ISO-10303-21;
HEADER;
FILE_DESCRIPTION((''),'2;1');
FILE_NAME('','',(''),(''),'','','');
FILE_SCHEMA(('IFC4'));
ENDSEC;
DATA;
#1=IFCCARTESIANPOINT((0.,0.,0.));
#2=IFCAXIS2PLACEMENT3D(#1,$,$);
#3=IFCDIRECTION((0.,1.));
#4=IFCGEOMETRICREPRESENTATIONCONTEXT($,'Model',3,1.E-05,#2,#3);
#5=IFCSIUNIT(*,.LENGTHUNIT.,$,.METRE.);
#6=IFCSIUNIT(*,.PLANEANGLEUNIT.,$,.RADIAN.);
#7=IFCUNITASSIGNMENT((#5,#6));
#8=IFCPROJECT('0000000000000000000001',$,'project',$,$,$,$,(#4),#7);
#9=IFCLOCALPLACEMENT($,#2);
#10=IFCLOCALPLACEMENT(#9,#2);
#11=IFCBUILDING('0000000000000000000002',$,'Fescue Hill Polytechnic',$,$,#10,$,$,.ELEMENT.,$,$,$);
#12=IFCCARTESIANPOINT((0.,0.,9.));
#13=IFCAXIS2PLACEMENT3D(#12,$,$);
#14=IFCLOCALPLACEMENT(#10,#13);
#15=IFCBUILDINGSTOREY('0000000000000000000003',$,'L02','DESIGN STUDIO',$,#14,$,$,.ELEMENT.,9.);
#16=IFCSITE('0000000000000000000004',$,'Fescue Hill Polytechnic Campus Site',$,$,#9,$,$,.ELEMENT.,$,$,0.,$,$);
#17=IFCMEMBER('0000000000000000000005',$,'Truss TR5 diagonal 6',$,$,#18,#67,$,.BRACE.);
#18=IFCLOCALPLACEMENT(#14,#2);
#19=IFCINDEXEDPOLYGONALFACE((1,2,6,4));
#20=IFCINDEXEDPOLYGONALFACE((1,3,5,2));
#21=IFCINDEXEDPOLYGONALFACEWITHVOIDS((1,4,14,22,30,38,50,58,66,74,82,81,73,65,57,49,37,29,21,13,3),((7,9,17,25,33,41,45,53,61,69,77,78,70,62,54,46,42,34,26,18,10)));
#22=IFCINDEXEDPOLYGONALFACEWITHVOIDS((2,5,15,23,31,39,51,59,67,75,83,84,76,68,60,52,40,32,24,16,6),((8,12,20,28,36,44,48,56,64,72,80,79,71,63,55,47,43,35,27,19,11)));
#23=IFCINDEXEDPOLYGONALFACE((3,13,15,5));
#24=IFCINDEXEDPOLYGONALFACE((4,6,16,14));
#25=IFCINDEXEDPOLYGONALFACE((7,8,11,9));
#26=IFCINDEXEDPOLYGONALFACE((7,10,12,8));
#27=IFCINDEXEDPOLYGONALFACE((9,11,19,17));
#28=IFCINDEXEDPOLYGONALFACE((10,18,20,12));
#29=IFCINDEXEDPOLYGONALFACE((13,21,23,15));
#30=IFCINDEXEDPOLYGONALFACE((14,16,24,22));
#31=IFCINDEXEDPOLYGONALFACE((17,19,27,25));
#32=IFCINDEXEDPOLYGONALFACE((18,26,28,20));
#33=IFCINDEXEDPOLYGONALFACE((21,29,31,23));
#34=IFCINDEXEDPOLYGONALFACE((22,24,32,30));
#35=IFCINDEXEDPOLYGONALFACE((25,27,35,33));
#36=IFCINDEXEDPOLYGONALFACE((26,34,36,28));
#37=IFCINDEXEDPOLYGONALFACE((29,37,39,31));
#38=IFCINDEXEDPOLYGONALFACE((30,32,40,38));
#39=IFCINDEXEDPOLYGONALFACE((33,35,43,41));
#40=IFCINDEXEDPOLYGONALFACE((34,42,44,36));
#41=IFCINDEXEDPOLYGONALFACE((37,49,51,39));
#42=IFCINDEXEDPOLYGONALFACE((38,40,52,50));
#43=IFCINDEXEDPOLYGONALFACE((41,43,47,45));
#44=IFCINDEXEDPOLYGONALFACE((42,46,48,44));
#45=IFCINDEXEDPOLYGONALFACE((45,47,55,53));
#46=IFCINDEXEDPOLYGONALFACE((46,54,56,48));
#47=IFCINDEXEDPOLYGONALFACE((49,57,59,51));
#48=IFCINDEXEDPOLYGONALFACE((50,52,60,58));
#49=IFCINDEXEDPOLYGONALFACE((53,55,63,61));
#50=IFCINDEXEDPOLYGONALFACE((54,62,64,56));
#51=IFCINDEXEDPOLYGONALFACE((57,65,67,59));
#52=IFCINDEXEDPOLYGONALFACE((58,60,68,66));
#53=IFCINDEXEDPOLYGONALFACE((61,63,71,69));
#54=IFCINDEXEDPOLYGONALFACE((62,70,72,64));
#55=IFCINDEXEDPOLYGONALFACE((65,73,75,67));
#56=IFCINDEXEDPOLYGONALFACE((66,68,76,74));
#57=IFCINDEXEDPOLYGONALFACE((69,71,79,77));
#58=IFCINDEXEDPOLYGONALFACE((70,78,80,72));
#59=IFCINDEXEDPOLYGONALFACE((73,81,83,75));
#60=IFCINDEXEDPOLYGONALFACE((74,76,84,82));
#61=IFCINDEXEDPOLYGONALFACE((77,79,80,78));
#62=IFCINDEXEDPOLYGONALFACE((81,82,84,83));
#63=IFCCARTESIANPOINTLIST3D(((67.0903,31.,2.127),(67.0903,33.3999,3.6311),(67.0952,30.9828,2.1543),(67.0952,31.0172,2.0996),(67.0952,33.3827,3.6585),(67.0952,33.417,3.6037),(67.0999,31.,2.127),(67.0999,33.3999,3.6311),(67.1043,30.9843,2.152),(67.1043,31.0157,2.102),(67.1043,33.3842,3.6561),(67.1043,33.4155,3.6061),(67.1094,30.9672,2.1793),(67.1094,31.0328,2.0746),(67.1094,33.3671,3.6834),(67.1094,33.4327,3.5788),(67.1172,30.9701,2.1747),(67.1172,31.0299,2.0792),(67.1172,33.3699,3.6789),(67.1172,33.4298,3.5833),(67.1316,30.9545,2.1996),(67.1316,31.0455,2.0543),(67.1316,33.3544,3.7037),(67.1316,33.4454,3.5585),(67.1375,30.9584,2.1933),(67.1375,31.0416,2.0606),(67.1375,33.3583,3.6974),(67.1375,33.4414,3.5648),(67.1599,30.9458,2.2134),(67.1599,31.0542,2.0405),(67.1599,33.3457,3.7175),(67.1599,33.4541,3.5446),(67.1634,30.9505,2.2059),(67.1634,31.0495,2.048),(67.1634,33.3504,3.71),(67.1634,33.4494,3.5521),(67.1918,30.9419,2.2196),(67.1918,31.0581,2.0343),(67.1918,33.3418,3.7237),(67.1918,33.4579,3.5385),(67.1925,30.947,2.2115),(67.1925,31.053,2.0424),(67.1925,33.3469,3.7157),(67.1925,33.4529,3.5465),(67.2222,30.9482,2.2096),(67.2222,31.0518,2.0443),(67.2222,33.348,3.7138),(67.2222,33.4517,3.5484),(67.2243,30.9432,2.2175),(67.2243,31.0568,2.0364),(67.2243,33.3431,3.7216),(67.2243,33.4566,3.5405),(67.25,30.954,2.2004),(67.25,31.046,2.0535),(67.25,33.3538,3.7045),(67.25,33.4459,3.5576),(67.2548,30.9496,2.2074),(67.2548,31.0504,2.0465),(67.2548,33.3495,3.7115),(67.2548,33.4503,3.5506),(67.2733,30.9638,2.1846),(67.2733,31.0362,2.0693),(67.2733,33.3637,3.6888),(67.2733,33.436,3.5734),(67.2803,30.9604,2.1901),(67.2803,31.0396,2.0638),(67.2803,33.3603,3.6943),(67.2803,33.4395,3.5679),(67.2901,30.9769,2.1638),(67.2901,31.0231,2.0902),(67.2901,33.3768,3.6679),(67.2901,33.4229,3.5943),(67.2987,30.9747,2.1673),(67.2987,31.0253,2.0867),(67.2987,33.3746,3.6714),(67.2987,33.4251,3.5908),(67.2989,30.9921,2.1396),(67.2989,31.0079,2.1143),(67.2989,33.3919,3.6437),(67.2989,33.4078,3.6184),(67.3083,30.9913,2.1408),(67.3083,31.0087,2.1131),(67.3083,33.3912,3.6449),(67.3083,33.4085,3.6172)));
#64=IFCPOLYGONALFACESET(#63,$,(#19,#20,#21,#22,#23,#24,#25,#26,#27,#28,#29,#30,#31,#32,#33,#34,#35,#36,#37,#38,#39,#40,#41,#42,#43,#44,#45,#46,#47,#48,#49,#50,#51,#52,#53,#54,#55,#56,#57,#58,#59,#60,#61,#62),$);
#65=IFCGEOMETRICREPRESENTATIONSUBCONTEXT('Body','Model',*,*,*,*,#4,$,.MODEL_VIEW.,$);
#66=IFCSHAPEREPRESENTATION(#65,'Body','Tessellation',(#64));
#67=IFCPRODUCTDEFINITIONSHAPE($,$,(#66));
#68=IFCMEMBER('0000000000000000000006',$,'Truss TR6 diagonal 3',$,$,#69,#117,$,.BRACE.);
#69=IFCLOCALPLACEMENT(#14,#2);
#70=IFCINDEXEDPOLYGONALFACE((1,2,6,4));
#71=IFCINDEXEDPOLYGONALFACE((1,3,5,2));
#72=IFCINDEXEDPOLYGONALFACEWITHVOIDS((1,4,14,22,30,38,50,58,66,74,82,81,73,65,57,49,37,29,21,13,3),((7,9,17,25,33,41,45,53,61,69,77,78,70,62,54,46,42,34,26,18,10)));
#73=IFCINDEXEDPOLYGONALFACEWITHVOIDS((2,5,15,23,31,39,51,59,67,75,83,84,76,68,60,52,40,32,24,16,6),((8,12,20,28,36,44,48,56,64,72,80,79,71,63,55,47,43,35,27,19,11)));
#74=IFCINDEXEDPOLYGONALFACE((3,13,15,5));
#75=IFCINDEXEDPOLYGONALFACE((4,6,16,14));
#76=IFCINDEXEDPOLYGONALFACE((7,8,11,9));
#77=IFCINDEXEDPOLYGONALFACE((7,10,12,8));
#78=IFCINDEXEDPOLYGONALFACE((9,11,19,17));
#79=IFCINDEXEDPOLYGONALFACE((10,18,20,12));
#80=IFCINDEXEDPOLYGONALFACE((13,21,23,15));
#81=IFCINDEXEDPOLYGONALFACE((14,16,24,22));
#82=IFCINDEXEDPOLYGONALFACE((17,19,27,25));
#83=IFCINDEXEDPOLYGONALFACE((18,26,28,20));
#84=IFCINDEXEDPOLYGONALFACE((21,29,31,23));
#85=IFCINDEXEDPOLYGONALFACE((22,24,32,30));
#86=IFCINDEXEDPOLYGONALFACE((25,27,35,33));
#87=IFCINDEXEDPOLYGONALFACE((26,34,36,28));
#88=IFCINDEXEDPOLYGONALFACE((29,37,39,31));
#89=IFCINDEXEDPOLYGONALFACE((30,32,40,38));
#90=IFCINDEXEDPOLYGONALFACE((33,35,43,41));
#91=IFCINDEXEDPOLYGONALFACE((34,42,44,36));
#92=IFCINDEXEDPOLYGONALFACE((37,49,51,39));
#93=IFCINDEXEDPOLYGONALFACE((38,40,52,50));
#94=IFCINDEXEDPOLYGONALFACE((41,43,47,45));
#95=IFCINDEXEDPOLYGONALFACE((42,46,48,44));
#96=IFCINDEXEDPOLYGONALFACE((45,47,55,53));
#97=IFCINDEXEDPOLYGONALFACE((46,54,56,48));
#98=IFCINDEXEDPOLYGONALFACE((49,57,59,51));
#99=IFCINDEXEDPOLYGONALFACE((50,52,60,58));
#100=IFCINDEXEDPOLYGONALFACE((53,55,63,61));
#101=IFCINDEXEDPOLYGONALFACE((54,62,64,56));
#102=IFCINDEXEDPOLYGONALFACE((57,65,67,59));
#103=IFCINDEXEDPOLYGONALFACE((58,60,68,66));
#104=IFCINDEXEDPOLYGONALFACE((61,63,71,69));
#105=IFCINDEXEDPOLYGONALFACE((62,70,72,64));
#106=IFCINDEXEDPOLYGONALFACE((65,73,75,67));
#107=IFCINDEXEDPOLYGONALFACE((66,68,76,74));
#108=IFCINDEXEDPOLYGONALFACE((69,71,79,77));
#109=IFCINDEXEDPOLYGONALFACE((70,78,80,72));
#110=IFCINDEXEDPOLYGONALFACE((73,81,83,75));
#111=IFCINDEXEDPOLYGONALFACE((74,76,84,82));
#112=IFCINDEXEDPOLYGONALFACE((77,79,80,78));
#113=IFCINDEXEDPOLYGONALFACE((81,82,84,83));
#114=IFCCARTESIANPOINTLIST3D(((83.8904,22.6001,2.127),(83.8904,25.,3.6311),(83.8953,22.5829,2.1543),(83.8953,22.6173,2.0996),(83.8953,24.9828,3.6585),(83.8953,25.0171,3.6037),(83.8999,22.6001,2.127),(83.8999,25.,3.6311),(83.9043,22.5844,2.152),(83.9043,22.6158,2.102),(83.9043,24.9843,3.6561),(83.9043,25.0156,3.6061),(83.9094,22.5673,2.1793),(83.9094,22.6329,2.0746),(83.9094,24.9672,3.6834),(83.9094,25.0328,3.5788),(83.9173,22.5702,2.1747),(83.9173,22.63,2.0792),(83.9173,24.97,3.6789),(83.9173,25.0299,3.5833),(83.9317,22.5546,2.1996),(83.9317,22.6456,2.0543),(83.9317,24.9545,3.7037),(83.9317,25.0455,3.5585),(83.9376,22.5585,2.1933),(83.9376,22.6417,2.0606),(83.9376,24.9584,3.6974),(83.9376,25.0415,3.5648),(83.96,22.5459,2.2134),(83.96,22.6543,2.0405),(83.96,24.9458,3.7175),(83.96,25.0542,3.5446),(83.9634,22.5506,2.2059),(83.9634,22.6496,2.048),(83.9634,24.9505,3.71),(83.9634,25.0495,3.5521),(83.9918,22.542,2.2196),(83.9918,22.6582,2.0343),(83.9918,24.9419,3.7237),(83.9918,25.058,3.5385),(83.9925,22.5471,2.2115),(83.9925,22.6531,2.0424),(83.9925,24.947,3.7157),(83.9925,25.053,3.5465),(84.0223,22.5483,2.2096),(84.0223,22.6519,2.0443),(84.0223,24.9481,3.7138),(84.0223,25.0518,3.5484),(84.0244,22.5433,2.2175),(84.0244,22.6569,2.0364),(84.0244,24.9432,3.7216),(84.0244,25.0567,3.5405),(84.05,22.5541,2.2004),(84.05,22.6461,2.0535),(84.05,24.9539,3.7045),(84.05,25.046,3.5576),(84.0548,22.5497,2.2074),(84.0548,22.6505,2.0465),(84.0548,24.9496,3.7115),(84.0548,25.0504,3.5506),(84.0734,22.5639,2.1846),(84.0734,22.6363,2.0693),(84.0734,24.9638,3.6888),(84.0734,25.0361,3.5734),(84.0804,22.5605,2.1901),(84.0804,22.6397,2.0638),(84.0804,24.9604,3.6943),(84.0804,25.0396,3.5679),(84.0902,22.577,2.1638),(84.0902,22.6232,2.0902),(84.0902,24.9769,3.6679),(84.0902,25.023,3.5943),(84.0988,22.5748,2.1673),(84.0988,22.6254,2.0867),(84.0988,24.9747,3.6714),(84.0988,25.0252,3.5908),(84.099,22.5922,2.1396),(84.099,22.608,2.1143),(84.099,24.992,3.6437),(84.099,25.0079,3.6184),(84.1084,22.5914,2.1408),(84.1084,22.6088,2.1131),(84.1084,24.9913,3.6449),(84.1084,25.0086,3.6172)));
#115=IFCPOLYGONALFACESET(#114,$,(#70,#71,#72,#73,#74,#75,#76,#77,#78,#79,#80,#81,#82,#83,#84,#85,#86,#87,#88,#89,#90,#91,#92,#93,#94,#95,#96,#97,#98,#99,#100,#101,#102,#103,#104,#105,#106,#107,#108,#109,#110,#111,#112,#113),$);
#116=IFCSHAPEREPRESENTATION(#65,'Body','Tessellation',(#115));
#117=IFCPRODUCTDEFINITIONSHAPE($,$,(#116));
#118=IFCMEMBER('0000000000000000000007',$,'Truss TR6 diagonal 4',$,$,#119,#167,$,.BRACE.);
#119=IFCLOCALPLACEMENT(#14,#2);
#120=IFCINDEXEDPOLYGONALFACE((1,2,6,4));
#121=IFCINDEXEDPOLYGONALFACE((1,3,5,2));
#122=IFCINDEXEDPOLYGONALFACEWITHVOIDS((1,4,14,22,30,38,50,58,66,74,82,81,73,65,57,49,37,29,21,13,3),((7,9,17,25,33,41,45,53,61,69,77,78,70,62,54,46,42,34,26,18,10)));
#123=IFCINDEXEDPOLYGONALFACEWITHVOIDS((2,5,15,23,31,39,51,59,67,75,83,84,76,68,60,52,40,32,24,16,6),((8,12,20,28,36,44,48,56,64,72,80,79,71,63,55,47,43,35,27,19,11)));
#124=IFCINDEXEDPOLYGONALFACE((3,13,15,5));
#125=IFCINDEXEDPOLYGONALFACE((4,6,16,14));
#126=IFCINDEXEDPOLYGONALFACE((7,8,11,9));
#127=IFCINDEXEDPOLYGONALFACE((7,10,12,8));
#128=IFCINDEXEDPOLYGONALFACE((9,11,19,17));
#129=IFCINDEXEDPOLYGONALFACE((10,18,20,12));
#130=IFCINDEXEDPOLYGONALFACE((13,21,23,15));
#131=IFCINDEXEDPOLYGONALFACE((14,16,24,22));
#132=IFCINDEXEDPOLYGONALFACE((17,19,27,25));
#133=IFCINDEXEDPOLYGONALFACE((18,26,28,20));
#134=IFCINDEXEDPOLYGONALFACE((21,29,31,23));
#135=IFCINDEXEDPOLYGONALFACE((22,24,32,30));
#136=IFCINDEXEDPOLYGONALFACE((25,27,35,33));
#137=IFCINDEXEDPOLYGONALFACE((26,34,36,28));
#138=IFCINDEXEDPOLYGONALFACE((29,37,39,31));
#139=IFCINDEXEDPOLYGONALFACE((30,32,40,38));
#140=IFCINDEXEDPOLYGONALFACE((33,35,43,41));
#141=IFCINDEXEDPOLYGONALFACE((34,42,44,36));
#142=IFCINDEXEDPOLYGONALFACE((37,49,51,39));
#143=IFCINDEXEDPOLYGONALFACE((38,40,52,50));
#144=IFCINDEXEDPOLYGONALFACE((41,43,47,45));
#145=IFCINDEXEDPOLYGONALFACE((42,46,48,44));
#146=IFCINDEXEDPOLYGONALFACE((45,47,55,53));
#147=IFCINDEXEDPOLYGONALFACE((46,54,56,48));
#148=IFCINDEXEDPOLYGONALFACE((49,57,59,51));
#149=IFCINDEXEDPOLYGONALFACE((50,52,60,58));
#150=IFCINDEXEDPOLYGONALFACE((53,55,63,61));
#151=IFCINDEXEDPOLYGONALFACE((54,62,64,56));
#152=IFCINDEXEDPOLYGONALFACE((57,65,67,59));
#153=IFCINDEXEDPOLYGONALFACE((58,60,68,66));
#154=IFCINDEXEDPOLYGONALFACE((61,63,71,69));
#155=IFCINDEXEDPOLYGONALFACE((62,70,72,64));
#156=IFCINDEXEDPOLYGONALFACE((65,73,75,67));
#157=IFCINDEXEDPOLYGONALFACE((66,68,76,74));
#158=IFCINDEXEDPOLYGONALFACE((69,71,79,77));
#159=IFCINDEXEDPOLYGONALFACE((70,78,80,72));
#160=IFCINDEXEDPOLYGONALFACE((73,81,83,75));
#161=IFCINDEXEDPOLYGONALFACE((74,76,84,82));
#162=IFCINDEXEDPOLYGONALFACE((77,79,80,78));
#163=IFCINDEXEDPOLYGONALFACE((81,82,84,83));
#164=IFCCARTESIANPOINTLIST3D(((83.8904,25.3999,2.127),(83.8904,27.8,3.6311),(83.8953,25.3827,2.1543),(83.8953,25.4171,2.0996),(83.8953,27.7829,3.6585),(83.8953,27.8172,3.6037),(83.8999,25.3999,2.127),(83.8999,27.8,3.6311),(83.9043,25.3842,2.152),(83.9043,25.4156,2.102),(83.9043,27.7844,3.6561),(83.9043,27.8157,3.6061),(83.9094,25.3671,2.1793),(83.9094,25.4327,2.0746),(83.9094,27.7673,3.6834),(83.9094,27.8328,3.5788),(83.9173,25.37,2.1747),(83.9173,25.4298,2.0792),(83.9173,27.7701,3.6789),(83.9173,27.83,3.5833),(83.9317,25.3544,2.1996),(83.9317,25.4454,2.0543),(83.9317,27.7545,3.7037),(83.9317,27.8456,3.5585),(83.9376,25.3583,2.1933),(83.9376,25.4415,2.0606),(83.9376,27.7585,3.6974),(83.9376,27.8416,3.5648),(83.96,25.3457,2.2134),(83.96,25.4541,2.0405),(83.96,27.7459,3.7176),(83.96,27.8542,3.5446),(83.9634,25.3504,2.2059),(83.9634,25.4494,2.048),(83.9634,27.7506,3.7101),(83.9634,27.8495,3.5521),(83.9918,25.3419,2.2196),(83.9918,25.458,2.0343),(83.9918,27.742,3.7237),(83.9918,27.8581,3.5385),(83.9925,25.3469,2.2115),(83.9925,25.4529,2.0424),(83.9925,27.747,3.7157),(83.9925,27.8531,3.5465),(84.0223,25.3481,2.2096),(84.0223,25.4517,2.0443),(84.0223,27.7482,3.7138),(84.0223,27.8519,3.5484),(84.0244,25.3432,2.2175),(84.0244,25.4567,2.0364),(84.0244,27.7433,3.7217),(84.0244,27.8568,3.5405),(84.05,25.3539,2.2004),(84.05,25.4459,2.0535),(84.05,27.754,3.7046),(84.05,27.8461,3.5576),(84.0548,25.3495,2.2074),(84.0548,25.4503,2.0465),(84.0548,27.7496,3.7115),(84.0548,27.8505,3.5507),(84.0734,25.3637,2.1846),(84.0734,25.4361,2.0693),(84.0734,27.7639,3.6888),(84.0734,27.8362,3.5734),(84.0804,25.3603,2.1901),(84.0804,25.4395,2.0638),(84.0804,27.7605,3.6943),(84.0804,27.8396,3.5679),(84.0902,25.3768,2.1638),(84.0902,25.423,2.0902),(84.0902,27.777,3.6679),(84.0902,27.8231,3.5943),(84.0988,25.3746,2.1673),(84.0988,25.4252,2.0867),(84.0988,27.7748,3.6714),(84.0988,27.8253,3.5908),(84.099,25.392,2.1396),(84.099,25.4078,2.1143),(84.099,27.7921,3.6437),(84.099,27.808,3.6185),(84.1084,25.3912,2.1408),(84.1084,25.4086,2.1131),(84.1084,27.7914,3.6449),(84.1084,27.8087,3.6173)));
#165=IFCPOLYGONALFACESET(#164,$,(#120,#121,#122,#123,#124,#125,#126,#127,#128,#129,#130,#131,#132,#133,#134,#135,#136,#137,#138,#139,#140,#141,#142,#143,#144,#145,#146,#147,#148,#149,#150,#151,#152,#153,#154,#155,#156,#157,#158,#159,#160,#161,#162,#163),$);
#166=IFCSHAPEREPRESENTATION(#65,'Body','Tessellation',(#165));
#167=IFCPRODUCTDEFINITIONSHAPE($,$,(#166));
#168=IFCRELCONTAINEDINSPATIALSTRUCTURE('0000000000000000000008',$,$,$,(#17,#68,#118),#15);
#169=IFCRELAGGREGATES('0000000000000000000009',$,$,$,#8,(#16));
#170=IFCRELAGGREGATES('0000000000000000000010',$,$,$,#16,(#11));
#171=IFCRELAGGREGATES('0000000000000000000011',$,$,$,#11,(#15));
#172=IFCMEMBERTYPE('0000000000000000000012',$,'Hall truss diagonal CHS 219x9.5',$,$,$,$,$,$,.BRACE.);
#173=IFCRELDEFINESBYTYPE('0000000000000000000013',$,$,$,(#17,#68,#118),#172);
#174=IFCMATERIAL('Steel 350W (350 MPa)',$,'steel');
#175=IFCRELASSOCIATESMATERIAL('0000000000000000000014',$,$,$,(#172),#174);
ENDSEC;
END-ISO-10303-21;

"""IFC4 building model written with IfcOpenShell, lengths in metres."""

from ifc_helpers import new_model, si_unit, direction, frame, origin, origin_2d, place, context, subcontext, project, spatial, hollow_circle, extrude, material, material_profile, profile_set, type_object, element, save


model = new_model("IFC4")

# Units and contexts
model_context = context("Model", 3, precision=1e-05, world=origin(), true_north=direction((0.0, 1.0)))
body_context = subcontext(model_context, "Body", "Model", "MODEL_VIEW")
ifc_project = project(units=[si_unit("LENGTHUNIT", "METRE"), si_unit("PLANEANGLEUNIT", "RADIAN")], contexts=[model_context])

# Site, building, storey
site_placement = place(None, origin())
site = spatial("IfcSite", under=ifc_project, at=site_placement, Name="Fescue Hill Polytechnic Campus Site", CompositionType="ELEMENT", RefElevation=0.0)
building_placement = place(site_placement, origin())
building = spatial("IfcBuilding", under=site, at=building_placement, Name="Fescue Hill Polytechnic", CompositionType="ELEMENT")
storey_placement = place(building_placement, frame((0.0, 0.0, 9.0)))
storey = spatial("IfcBuildingStorey", under=building, at=storey_placement, Name="L02", Description="DESIGN STUDIO", CompositionType="ELEMENT", Elevation=9.0)

# Members
ifc_material = material(Name="Steel 350W (350 MPa)", Category="steel")
ifc_material_profile_1 = material_profile(ifc_material, hollow_circle(Radius=0.1096, WallThickness=0.0095, at=origin_2d()), Name="Hall truss diagonal CHS 219x9.5")
ifc_profile_set_1 = profile_set([ifc_material_profile_1], Name="Steel 350W (350 MPa)")
member_type_1 = type_object("IfcMemberType", Name="Hall truss diagonal CHS 219x9.5", PredefinedType="BRACE", material=ifc_profile_set_1)
for number, where, z_axis, x_axis, name in (
    (1, (67.2, 31.0, 2.127), (0.0, 0.847329, 0.531068), (-1.0, 0.0, 0.0), "Truss TR5 diagonal 6"),
    (2, (84.0, 22.6001, 2.127), (0.0, 0.847329, 0.531068), (-1.0, 0.0, 0.0), "Truss TR6 diagonal 3"),
):
    element("IfcMember", number, at=place(storey_placement, frame(where, z_axis=z_axis, x_axis=x_axis)), inside=storey, type_object=member_type_1, Name=name, PredefinedType="BRACE", context=body_context, shape_type="SweptSolid", body=[
        extrude(hollow_circle(Radius=0.1096, WallThickness=0.0095, at=origin_2d()), origin(), (0.0, 0.0, 1.0), 2.8323),
    ])
for number, where, z_axis, x_axis, name in (
    (3, (84.0, 25.3999, 2.127), (0.0, 0.847354, 0.531029), (-1.0, 0.0, 0.0), "Truss TR6 diagonal 4"),
):
    element("IfcMember", number, at=place(storey_placement, frame(where, z_axis=z_axis, x_axis=x_axis)), inside=storey, type_object=member_type_1, Name=name, PredefinedType="BRACE", context=body_context, shape_type="SweptSolid", body=[
        extrude(hollow_circle(Radius=0.1096, WallThickness=0.0095, at=origin_2d()), origin(), (0.0, 0.0, 1.0), 2.8325),
    ])

save(model, "model.ifc")
